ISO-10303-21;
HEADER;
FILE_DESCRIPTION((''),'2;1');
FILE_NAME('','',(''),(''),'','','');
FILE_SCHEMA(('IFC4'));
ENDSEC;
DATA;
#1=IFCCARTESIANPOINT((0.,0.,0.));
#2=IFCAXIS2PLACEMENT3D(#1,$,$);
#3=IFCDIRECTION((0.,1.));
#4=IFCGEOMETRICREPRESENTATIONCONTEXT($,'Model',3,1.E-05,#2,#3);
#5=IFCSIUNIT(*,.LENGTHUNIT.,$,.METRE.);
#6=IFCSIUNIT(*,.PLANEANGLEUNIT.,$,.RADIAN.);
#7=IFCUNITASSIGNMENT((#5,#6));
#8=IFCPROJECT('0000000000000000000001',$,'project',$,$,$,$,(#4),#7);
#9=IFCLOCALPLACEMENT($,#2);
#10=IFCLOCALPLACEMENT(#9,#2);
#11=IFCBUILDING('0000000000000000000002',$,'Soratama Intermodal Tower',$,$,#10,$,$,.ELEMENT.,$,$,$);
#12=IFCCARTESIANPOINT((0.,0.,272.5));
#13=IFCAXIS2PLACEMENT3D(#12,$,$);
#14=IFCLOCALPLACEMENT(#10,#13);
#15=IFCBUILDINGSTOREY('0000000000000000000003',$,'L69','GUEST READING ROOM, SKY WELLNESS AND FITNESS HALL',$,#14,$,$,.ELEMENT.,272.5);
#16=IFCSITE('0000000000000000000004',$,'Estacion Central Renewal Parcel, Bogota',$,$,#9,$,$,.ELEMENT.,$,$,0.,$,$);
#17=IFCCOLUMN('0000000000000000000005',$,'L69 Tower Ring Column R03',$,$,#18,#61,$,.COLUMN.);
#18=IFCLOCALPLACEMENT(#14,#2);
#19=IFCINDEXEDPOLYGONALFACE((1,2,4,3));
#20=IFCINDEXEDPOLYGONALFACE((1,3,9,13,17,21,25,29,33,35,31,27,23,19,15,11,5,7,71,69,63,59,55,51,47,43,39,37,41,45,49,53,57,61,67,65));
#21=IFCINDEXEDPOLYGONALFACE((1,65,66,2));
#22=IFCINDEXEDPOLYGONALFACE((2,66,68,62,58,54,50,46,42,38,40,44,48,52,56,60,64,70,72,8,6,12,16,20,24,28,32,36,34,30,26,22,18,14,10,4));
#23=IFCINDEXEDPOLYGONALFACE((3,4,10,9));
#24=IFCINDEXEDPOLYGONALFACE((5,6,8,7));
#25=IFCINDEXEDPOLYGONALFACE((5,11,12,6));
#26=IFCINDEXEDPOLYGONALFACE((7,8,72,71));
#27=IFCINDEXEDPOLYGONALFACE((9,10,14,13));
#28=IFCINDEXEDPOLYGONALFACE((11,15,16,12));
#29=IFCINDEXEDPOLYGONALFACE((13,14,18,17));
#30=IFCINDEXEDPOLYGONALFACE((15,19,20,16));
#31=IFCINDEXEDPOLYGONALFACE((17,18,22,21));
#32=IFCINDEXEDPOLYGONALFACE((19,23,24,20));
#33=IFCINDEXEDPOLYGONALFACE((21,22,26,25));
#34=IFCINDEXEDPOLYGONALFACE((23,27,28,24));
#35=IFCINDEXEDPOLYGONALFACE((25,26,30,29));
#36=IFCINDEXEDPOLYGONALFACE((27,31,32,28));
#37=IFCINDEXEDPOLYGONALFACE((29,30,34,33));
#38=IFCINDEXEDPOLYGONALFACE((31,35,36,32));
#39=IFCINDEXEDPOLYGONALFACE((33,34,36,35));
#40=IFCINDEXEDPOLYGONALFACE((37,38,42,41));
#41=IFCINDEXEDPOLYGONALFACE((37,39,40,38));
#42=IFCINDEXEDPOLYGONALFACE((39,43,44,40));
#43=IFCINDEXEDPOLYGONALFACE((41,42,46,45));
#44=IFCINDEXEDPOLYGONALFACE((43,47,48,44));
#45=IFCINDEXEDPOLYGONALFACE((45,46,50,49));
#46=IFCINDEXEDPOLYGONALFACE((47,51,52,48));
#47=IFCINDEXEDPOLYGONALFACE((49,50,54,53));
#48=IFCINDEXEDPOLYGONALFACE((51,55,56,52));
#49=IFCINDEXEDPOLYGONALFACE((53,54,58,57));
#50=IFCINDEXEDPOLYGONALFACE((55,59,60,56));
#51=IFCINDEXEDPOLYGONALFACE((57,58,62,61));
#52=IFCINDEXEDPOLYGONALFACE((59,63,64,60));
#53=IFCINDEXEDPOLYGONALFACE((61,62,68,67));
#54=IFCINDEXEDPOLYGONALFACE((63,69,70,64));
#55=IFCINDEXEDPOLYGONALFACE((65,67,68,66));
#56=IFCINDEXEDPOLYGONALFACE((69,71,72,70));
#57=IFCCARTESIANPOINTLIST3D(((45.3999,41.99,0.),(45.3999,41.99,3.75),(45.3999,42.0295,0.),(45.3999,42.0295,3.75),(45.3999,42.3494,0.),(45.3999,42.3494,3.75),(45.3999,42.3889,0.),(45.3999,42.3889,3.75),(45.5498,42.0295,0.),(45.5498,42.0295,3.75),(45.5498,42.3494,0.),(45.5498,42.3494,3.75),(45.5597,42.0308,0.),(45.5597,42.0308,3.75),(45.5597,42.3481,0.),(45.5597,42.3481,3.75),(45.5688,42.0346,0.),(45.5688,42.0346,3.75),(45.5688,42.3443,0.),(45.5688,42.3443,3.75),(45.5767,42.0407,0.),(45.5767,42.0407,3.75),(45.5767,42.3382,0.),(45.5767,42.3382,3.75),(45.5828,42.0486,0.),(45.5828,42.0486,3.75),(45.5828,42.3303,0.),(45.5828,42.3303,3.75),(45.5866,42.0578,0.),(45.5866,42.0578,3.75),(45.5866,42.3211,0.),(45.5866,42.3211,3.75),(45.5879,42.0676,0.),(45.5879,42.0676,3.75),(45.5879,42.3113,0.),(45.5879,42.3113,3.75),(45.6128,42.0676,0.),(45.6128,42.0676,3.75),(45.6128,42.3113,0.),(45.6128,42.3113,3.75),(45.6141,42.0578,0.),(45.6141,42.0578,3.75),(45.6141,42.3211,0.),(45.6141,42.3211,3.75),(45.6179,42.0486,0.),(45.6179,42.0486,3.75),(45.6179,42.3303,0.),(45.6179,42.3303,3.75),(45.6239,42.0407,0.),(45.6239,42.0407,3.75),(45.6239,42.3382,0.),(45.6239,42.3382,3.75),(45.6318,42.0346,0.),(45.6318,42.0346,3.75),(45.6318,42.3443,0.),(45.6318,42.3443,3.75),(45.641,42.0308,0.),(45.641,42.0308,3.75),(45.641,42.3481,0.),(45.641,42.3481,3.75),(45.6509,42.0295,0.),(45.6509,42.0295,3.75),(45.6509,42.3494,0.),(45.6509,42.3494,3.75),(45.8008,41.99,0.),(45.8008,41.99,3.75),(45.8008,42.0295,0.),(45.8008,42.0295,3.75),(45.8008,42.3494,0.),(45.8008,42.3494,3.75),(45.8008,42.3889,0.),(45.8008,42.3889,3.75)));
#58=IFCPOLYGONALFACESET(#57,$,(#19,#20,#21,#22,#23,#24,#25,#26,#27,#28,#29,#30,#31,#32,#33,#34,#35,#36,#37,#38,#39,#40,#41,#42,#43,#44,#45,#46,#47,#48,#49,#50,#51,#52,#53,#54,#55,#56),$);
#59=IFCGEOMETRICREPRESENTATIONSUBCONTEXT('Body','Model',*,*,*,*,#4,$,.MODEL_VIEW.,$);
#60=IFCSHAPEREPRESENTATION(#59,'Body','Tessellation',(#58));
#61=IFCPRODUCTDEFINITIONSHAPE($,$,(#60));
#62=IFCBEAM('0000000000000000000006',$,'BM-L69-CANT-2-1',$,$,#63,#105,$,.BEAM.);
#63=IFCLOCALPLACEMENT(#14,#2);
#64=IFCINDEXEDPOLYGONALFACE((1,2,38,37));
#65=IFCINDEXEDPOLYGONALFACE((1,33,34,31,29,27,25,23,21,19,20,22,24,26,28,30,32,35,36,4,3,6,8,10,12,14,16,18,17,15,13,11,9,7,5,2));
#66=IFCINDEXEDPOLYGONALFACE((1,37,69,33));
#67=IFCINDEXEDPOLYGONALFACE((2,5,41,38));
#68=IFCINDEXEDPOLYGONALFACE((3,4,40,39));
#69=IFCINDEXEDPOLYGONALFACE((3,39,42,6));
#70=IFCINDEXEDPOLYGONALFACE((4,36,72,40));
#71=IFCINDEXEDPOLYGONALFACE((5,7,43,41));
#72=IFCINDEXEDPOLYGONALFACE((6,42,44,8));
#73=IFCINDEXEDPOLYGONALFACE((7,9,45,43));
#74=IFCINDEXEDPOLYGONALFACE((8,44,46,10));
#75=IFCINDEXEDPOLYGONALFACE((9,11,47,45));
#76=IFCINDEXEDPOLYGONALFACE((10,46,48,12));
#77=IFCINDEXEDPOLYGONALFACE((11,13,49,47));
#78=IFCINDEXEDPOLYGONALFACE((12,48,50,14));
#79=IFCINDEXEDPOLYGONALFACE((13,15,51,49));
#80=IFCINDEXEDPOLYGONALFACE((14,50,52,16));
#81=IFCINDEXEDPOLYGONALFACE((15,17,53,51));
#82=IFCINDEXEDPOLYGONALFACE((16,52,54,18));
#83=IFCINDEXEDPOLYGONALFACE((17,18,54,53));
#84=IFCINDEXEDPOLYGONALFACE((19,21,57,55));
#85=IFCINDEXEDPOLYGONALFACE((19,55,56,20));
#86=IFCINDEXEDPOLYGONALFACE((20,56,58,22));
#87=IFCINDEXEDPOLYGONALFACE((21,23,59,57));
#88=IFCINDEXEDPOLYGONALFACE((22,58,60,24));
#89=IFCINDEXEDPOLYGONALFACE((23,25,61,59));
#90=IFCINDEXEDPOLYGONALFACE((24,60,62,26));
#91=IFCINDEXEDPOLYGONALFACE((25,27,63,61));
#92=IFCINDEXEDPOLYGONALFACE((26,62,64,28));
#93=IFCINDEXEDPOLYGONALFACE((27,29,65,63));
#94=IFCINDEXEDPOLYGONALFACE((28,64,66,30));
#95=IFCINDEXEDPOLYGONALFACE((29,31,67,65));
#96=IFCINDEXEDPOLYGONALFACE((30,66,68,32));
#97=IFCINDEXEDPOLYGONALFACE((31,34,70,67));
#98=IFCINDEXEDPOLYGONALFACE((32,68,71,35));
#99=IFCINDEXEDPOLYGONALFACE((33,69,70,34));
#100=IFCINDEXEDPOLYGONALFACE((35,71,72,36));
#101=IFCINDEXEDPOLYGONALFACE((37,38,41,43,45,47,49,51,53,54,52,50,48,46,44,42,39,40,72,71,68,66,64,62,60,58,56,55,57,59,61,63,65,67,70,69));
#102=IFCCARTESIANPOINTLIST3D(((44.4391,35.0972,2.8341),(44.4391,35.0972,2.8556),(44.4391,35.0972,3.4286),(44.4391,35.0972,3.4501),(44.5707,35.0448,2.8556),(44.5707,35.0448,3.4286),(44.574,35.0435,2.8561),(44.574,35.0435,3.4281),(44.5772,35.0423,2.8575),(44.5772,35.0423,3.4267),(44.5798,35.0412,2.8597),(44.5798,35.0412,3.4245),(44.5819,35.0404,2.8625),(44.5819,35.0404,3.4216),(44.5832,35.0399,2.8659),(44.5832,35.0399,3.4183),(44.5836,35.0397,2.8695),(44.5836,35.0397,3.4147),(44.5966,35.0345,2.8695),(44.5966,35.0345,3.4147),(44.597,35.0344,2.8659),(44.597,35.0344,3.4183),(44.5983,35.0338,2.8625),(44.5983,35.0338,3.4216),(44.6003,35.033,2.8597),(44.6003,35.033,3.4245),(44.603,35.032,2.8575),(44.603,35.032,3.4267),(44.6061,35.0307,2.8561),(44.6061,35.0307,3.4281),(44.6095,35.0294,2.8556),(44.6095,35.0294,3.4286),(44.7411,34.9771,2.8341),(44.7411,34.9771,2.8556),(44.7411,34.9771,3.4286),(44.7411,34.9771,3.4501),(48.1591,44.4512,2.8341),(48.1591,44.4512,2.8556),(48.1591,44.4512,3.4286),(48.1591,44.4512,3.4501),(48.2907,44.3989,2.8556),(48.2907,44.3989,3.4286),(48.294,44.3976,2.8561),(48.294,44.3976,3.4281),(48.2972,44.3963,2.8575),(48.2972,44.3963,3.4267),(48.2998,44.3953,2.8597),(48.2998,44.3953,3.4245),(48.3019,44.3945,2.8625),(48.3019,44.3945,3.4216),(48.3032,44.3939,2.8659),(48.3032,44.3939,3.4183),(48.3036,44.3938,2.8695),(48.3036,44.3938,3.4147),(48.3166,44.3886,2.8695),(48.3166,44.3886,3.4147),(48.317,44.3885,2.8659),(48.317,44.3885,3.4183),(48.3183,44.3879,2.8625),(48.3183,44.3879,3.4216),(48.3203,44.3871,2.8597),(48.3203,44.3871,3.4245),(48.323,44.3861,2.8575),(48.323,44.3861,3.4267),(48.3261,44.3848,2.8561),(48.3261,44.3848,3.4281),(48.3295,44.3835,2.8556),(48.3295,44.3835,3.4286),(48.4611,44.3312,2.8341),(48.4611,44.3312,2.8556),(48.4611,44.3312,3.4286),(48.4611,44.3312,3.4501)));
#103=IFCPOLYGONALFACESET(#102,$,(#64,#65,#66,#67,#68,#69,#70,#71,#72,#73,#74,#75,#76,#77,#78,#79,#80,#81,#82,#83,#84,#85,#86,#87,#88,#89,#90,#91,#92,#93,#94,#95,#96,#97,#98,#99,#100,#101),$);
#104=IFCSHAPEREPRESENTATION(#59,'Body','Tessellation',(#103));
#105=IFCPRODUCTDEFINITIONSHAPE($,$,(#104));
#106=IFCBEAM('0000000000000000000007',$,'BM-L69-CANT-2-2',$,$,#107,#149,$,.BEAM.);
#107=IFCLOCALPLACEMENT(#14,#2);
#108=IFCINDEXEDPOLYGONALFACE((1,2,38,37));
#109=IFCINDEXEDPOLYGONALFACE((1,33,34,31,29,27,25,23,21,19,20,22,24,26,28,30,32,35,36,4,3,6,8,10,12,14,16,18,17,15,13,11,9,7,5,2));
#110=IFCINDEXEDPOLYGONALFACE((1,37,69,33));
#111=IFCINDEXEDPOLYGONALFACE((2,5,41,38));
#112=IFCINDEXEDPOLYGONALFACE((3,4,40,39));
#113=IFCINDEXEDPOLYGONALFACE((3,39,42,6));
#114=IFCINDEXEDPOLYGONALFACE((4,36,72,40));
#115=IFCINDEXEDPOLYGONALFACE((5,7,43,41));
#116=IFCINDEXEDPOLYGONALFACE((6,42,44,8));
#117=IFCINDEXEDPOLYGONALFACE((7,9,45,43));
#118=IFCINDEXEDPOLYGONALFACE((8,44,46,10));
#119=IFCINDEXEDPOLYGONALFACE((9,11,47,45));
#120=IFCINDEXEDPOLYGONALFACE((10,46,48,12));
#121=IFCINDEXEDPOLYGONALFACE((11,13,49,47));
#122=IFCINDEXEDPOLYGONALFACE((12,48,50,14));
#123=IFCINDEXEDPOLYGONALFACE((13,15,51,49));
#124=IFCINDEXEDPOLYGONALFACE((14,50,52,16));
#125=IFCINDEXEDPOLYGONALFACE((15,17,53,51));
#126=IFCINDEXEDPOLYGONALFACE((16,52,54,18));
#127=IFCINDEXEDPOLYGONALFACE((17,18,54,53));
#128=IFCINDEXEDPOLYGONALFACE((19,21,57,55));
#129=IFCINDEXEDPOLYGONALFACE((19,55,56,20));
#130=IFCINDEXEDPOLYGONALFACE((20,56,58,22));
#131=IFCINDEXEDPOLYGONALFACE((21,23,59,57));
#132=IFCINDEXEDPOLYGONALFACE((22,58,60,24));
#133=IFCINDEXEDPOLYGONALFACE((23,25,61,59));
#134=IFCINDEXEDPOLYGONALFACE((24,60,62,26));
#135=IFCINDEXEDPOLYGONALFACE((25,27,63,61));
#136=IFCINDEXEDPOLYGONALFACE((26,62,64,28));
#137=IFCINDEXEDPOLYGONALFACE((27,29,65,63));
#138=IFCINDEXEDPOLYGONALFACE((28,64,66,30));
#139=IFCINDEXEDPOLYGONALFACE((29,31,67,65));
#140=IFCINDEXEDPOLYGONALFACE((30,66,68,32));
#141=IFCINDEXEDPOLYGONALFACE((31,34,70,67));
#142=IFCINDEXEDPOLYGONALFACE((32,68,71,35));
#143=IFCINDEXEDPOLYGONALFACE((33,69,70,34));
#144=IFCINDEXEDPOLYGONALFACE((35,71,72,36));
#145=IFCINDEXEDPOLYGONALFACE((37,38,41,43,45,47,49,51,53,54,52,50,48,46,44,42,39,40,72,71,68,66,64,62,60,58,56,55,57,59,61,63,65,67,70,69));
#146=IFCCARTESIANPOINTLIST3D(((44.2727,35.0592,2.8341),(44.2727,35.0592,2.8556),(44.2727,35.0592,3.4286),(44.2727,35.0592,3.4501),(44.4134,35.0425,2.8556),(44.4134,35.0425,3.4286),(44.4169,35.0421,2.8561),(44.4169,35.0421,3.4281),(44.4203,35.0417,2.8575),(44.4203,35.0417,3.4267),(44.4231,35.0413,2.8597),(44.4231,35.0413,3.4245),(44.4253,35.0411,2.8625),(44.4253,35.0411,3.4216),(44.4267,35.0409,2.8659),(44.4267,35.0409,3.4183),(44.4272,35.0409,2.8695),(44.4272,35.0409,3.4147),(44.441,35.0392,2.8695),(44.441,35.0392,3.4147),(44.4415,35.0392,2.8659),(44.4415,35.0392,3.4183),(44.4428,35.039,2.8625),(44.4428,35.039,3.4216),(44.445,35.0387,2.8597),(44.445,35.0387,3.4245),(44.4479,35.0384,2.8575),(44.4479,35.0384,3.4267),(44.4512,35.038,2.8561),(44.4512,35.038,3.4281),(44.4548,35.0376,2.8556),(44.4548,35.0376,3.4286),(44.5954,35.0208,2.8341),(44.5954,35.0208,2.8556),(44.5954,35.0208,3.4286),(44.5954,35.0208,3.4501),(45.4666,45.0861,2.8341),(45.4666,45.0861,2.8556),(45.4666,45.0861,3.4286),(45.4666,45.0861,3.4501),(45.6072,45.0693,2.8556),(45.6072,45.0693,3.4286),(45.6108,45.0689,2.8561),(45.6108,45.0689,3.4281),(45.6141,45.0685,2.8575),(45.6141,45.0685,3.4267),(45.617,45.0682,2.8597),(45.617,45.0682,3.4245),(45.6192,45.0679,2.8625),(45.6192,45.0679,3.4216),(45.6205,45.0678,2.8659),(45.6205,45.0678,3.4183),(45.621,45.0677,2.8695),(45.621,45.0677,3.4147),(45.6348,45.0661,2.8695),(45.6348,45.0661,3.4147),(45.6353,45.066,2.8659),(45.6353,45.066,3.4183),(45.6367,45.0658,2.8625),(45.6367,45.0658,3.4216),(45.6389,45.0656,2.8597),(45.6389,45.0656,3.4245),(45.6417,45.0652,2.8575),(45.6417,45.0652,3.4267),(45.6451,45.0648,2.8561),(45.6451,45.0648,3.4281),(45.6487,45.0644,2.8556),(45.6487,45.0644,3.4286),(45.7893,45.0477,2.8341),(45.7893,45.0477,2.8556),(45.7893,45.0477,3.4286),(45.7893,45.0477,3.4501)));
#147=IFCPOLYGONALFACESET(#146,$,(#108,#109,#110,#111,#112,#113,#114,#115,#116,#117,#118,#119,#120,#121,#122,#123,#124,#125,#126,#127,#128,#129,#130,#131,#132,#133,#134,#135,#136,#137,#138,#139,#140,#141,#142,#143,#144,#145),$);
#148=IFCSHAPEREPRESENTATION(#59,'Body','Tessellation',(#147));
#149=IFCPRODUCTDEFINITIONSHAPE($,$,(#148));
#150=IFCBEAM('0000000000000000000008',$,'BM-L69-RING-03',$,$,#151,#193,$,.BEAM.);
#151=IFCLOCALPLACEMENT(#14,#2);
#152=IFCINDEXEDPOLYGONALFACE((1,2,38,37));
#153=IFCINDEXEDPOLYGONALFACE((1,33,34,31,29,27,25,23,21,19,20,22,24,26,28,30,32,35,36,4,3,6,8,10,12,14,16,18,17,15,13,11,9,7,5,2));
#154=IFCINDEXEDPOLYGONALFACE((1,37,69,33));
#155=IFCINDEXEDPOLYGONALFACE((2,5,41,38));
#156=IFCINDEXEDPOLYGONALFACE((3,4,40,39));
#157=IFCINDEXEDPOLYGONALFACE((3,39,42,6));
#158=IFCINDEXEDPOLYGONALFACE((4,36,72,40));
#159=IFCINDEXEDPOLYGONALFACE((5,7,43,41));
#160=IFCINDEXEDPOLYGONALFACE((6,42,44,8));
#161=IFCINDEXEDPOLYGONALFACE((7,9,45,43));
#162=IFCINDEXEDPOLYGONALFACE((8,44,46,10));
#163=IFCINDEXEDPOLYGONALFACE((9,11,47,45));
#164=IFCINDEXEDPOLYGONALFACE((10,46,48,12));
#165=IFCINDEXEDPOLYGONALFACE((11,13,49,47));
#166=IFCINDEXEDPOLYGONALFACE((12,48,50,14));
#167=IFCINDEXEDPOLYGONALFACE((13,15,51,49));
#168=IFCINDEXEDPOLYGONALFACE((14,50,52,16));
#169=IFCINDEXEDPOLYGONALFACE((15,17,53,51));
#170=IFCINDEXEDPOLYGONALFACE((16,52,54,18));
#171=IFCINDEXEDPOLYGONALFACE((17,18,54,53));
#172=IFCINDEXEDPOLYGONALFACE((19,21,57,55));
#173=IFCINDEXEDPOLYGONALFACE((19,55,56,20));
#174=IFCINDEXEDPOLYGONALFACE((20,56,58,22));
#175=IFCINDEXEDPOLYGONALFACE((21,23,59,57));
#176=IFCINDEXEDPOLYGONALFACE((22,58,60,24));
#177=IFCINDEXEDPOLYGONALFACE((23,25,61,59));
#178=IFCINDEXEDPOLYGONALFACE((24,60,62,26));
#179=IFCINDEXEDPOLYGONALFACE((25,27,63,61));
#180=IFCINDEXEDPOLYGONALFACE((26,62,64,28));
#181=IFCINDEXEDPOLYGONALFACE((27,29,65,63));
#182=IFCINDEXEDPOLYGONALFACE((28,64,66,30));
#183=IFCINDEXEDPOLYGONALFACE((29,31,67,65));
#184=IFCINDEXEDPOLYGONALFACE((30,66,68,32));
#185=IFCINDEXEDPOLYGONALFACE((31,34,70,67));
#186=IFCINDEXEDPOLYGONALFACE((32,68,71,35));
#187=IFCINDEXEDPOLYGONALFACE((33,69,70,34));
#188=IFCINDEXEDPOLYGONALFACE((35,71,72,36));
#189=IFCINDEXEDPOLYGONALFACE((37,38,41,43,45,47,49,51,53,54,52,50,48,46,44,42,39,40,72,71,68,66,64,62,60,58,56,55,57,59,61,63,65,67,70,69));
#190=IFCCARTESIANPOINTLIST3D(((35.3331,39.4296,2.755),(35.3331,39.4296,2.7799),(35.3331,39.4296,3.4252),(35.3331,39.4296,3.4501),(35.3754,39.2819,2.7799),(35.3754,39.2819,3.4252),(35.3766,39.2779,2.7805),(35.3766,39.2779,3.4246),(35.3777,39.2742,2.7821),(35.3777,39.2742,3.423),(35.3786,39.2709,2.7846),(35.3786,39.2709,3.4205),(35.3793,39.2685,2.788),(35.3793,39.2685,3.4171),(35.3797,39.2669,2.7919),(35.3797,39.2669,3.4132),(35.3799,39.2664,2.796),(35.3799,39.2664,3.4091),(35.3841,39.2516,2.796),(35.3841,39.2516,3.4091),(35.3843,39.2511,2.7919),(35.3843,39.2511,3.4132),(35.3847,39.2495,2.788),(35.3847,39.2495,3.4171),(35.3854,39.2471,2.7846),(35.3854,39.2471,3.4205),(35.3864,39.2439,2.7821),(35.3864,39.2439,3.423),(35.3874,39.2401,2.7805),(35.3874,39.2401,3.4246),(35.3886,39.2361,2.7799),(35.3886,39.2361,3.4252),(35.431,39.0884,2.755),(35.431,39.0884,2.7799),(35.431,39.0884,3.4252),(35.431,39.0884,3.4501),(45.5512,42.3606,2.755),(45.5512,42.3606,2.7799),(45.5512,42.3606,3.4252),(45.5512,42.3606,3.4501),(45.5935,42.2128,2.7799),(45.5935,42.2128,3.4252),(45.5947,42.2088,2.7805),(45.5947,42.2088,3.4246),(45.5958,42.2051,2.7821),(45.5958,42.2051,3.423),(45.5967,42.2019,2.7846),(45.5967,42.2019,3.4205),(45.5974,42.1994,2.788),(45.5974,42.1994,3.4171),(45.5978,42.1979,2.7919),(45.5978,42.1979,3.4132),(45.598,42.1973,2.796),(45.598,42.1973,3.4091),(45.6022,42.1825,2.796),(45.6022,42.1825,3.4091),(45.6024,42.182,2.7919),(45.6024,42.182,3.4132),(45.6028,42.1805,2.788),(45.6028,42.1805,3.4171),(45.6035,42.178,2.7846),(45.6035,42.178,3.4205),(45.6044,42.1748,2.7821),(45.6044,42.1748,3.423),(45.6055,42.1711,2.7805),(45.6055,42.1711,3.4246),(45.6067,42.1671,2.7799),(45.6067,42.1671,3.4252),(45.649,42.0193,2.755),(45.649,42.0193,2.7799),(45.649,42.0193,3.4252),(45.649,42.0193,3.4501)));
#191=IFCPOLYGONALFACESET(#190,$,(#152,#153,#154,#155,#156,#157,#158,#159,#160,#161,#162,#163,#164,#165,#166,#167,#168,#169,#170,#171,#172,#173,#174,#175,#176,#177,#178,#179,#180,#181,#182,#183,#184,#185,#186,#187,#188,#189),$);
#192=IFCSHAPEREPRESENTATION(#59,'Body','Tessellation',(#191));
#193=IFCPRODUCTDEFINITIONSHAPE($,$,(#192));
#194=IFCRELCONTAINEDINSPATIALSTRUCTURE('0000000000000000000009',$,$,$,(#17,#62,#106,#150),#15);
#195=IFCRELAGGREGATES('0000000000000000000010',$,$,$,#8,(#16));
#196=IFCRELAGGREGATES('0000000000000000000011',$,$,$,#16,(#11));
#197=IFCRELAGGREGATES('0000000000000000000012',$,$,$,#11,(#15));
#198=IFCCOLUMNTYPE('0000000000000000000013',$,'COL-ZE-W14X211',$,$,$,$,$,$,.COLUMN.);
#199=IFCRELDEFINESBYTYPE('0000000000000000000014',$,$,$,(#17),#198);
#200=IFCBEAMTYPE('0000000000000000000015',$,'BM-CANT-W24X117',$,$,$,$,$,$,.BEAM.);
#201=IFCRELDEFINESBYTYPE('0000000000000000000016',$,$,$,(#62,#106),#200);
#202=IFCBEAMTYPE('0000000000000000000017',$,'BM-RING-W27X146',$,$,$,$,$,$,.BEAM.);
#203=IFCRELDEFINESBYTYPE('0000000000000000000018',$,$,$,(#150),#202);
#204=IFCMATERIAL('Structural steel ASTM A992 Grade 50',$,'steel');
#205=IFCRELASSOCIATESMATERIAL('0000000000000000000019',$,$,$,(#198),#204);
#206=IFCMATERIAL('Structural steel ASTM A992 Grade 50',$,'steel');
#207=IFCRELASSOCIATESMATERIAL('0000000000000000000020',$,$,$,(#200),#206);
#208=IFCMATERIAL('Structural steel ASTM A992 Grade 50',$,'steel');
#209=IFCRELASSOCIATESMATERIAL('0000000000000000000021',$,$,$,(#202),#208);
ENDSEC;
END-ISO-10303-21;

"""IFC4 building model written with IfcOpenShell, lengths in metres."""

from ifc_helpers import new_model, si_unit, direction, frame, origin, origin_2d, place, context, subcontext, project, spatial, i_section, extrude, material, material_profile, profile_set, type_object, element, save


model = new_model("IFC4")

# Units and contexts
model_context = context("Model", 3, precision=1e-05, world=origin(), true_north=direction((0.0, 1.0)))
body_context = subcontext(model_context, "Body", "Model", "MODEL_VIEW")
ifc_project = project(units=[si_unit("LENGTHUNIT", "METRE"), si_unit("PLANEANGLEUNIT", "RADIAN")], contexts=[model_context])

# Site, building, storey
site_placement = place(None, origin())
site = spatial("IfcSite", under=ifc_project, at=site_placement, Name="Estacion Central Renewal Parcel, Bogota", CompositionType="ELEMENT", RefElevation=0.0)
building_placement = place(site_placement, origin())
building = spatial("IfcBuilding", under=site, at=building_placement, Name="Soratama Intermodal Tower", CompositionType="ELEMENT")
storey_placement = place(building_placement, frame((0.0, 0.0, 272.5)))
storey = spatial("IfcBuildingStorey", under=building, at=storey_placement, Name="L69", Description="GUEST READING ROOM, SKY WELLNESS AND FITNESS HALL", CompositionType="ELEMENT", Elevation=272.5)

# Column
ifc_material_1 = material(Name="Structural steel ASTM A992 Grade 50", Category="steel")
ifc_material_profile_1 = material_profile(ifc_material_1, i_section(OverallWidth=0.4009, OverallDepth=0.3989, WebThickness=0.0249, FlangeThickness=0.0396, FilletRadius=0.0381, at=origin_2d()), Name="W14X211")
ifc_profile_set_1 = profile_set([ifc_material_profile_1], Name="Structural steel ASTM A992 Grade 50")
column_type = type_object("IfcColumnType", Name="COL-ZE-W14X211", PredefinedType="COLUMN", material=ifc_profile_set_1)
column_placement = place(storey_placement, frame((45.6003, 42.1895, 0.0), z_axis=(0.0, 0.0, 1.0), x_axis=(1.0, 0.0, 0.0)))
element("IfcColumn", 1, at=column_placement, inside=storey, type_object=column_type, Name="L69 Tower Ring Column R03", PredefinedType="COLUMN", context=body_context, shape_type="SweptSolid", body=[
    extrude(i_section(OverallWidth=0.4009, OverallDepth=0.3989, WebThickness=0.0249, FlangeThickness=0.0396, FilletRadius=0.0381, at=origin_2d()), origin(), (0.0, 0.0, 1.0), 3.75),
])

# Beams
ifc_material_2 = material(Name="Structural steel ASTM A992 Grade 50", Category="steel")
ifc_material_profile_2 = material_profile(ifc_material_2, i_section(OverallWidth=0.325, OverallDepth=0.616, WebThickness=0.0139, FlangeThickness=0.0215, FilletRadius=0.0139, at=origin_2d()), Name="W24X117")
ifc_profile_set_2 = profile_set([ifc_material_profile_2], Name="Structural steel ASTM A992 Grade 50")
beam_type_1 = type_object("IfcBeamType", Name="BM-CANT-W24X117", PredefinedType="BEAM", material=ifc_profile_set_2)
beam_1_placement = place(storey_placement, frame((44.5901, 35.0371, 3.1421), z_axis=(0.369538, 0.929216, 0.0), x_axis=(-0.929216, 0.369538, 0.0)))
element("IfcBeam", 2, at=beam_1_placement, inside=storey, type_object=beam_type_1, Name="BM-L69-CANT-2-1", PredefinedType="BEAM", context=body_context, shape_type="SweptSolid", body=[
    extrude(i_section(OverallWidth=0.325, OverallDepth=0.616, WebThickness=0.0139, FlangeThickness=0.0215, FilletRadius=0.0139, at=origin_2d()), origin(), (0.0, 0.0, 1.0), 10.0667),
])
beam_2_placement = place(storey_placement, frame((44.4341, 35.04, 3.1421), z_axis=(0.11823, 0.992986, 0.0), x_axis=(-0.992986, 0.11823, 0.0)))
element("IfcBeam", 3, at=beam_2_placement, inside=storey, type_object=beam_type_1, Name="BM-L69-CANT-2-2", PredefinedType="BEAM", context=body_context, shape_type="SweptSolid", body=[
    extrude(i_section(OverallWidth=0.325, OverallDepth=0.616, WebThickness=0.0139, FlangeThickness=0.0215, FilletRadius=0.0139, at=origin_2d()), origin(), (0.0, 0.0, 1.0), 10.0977),
])
ifc_material_3 = material(Name="Structural steel ASTM A992 Grade 50", Category="steel")
ifc_material_profile_3 = material_profile(ifc_material_3, i_section(OverallWidth=0.355, OverallDepth=0.6951, WebThickness=0.0154, FlangeThickness=0.0249, FilletRadius=0.0161, at=origin_2d()), Name="W27X146")
ifc_profile_set_3 = profile_set([ifc_material_profile_3], Name="Structural steel ASTM A992 Grade 50")
beam_type_2 = type_object("IfcBeamType", Name="BM-RING-W27X146", PredefinedType="BEAM", material=ifc_profile_set_3)
beam_3_placement = place(storey_placement, frame((45.6001, 42.1899, 3.1025), z_axis=(-0.961238, -0.275719, 0.0), x_axis=(0.275719, -0.961238, 0.0)))
element("IfcBeam", 4, at=beam_3_placement, inside=storey, type_object=beam_type_2, Name="BM-L69-RING-03", PredefinedType="BEAM", context=body_context, shape_type="SweptSolid", body=[
    extrude(i_section(OverallWidth=0.355, OverallDepth=0.6951, WebThickness=0.0154, FlangeThickness=0.0249, FilletRadius=0.0161, at=origin_2d()), origin(), (0.0, 0.0, 1.0), 10.6301),
])

save(model, "model.ifc")
